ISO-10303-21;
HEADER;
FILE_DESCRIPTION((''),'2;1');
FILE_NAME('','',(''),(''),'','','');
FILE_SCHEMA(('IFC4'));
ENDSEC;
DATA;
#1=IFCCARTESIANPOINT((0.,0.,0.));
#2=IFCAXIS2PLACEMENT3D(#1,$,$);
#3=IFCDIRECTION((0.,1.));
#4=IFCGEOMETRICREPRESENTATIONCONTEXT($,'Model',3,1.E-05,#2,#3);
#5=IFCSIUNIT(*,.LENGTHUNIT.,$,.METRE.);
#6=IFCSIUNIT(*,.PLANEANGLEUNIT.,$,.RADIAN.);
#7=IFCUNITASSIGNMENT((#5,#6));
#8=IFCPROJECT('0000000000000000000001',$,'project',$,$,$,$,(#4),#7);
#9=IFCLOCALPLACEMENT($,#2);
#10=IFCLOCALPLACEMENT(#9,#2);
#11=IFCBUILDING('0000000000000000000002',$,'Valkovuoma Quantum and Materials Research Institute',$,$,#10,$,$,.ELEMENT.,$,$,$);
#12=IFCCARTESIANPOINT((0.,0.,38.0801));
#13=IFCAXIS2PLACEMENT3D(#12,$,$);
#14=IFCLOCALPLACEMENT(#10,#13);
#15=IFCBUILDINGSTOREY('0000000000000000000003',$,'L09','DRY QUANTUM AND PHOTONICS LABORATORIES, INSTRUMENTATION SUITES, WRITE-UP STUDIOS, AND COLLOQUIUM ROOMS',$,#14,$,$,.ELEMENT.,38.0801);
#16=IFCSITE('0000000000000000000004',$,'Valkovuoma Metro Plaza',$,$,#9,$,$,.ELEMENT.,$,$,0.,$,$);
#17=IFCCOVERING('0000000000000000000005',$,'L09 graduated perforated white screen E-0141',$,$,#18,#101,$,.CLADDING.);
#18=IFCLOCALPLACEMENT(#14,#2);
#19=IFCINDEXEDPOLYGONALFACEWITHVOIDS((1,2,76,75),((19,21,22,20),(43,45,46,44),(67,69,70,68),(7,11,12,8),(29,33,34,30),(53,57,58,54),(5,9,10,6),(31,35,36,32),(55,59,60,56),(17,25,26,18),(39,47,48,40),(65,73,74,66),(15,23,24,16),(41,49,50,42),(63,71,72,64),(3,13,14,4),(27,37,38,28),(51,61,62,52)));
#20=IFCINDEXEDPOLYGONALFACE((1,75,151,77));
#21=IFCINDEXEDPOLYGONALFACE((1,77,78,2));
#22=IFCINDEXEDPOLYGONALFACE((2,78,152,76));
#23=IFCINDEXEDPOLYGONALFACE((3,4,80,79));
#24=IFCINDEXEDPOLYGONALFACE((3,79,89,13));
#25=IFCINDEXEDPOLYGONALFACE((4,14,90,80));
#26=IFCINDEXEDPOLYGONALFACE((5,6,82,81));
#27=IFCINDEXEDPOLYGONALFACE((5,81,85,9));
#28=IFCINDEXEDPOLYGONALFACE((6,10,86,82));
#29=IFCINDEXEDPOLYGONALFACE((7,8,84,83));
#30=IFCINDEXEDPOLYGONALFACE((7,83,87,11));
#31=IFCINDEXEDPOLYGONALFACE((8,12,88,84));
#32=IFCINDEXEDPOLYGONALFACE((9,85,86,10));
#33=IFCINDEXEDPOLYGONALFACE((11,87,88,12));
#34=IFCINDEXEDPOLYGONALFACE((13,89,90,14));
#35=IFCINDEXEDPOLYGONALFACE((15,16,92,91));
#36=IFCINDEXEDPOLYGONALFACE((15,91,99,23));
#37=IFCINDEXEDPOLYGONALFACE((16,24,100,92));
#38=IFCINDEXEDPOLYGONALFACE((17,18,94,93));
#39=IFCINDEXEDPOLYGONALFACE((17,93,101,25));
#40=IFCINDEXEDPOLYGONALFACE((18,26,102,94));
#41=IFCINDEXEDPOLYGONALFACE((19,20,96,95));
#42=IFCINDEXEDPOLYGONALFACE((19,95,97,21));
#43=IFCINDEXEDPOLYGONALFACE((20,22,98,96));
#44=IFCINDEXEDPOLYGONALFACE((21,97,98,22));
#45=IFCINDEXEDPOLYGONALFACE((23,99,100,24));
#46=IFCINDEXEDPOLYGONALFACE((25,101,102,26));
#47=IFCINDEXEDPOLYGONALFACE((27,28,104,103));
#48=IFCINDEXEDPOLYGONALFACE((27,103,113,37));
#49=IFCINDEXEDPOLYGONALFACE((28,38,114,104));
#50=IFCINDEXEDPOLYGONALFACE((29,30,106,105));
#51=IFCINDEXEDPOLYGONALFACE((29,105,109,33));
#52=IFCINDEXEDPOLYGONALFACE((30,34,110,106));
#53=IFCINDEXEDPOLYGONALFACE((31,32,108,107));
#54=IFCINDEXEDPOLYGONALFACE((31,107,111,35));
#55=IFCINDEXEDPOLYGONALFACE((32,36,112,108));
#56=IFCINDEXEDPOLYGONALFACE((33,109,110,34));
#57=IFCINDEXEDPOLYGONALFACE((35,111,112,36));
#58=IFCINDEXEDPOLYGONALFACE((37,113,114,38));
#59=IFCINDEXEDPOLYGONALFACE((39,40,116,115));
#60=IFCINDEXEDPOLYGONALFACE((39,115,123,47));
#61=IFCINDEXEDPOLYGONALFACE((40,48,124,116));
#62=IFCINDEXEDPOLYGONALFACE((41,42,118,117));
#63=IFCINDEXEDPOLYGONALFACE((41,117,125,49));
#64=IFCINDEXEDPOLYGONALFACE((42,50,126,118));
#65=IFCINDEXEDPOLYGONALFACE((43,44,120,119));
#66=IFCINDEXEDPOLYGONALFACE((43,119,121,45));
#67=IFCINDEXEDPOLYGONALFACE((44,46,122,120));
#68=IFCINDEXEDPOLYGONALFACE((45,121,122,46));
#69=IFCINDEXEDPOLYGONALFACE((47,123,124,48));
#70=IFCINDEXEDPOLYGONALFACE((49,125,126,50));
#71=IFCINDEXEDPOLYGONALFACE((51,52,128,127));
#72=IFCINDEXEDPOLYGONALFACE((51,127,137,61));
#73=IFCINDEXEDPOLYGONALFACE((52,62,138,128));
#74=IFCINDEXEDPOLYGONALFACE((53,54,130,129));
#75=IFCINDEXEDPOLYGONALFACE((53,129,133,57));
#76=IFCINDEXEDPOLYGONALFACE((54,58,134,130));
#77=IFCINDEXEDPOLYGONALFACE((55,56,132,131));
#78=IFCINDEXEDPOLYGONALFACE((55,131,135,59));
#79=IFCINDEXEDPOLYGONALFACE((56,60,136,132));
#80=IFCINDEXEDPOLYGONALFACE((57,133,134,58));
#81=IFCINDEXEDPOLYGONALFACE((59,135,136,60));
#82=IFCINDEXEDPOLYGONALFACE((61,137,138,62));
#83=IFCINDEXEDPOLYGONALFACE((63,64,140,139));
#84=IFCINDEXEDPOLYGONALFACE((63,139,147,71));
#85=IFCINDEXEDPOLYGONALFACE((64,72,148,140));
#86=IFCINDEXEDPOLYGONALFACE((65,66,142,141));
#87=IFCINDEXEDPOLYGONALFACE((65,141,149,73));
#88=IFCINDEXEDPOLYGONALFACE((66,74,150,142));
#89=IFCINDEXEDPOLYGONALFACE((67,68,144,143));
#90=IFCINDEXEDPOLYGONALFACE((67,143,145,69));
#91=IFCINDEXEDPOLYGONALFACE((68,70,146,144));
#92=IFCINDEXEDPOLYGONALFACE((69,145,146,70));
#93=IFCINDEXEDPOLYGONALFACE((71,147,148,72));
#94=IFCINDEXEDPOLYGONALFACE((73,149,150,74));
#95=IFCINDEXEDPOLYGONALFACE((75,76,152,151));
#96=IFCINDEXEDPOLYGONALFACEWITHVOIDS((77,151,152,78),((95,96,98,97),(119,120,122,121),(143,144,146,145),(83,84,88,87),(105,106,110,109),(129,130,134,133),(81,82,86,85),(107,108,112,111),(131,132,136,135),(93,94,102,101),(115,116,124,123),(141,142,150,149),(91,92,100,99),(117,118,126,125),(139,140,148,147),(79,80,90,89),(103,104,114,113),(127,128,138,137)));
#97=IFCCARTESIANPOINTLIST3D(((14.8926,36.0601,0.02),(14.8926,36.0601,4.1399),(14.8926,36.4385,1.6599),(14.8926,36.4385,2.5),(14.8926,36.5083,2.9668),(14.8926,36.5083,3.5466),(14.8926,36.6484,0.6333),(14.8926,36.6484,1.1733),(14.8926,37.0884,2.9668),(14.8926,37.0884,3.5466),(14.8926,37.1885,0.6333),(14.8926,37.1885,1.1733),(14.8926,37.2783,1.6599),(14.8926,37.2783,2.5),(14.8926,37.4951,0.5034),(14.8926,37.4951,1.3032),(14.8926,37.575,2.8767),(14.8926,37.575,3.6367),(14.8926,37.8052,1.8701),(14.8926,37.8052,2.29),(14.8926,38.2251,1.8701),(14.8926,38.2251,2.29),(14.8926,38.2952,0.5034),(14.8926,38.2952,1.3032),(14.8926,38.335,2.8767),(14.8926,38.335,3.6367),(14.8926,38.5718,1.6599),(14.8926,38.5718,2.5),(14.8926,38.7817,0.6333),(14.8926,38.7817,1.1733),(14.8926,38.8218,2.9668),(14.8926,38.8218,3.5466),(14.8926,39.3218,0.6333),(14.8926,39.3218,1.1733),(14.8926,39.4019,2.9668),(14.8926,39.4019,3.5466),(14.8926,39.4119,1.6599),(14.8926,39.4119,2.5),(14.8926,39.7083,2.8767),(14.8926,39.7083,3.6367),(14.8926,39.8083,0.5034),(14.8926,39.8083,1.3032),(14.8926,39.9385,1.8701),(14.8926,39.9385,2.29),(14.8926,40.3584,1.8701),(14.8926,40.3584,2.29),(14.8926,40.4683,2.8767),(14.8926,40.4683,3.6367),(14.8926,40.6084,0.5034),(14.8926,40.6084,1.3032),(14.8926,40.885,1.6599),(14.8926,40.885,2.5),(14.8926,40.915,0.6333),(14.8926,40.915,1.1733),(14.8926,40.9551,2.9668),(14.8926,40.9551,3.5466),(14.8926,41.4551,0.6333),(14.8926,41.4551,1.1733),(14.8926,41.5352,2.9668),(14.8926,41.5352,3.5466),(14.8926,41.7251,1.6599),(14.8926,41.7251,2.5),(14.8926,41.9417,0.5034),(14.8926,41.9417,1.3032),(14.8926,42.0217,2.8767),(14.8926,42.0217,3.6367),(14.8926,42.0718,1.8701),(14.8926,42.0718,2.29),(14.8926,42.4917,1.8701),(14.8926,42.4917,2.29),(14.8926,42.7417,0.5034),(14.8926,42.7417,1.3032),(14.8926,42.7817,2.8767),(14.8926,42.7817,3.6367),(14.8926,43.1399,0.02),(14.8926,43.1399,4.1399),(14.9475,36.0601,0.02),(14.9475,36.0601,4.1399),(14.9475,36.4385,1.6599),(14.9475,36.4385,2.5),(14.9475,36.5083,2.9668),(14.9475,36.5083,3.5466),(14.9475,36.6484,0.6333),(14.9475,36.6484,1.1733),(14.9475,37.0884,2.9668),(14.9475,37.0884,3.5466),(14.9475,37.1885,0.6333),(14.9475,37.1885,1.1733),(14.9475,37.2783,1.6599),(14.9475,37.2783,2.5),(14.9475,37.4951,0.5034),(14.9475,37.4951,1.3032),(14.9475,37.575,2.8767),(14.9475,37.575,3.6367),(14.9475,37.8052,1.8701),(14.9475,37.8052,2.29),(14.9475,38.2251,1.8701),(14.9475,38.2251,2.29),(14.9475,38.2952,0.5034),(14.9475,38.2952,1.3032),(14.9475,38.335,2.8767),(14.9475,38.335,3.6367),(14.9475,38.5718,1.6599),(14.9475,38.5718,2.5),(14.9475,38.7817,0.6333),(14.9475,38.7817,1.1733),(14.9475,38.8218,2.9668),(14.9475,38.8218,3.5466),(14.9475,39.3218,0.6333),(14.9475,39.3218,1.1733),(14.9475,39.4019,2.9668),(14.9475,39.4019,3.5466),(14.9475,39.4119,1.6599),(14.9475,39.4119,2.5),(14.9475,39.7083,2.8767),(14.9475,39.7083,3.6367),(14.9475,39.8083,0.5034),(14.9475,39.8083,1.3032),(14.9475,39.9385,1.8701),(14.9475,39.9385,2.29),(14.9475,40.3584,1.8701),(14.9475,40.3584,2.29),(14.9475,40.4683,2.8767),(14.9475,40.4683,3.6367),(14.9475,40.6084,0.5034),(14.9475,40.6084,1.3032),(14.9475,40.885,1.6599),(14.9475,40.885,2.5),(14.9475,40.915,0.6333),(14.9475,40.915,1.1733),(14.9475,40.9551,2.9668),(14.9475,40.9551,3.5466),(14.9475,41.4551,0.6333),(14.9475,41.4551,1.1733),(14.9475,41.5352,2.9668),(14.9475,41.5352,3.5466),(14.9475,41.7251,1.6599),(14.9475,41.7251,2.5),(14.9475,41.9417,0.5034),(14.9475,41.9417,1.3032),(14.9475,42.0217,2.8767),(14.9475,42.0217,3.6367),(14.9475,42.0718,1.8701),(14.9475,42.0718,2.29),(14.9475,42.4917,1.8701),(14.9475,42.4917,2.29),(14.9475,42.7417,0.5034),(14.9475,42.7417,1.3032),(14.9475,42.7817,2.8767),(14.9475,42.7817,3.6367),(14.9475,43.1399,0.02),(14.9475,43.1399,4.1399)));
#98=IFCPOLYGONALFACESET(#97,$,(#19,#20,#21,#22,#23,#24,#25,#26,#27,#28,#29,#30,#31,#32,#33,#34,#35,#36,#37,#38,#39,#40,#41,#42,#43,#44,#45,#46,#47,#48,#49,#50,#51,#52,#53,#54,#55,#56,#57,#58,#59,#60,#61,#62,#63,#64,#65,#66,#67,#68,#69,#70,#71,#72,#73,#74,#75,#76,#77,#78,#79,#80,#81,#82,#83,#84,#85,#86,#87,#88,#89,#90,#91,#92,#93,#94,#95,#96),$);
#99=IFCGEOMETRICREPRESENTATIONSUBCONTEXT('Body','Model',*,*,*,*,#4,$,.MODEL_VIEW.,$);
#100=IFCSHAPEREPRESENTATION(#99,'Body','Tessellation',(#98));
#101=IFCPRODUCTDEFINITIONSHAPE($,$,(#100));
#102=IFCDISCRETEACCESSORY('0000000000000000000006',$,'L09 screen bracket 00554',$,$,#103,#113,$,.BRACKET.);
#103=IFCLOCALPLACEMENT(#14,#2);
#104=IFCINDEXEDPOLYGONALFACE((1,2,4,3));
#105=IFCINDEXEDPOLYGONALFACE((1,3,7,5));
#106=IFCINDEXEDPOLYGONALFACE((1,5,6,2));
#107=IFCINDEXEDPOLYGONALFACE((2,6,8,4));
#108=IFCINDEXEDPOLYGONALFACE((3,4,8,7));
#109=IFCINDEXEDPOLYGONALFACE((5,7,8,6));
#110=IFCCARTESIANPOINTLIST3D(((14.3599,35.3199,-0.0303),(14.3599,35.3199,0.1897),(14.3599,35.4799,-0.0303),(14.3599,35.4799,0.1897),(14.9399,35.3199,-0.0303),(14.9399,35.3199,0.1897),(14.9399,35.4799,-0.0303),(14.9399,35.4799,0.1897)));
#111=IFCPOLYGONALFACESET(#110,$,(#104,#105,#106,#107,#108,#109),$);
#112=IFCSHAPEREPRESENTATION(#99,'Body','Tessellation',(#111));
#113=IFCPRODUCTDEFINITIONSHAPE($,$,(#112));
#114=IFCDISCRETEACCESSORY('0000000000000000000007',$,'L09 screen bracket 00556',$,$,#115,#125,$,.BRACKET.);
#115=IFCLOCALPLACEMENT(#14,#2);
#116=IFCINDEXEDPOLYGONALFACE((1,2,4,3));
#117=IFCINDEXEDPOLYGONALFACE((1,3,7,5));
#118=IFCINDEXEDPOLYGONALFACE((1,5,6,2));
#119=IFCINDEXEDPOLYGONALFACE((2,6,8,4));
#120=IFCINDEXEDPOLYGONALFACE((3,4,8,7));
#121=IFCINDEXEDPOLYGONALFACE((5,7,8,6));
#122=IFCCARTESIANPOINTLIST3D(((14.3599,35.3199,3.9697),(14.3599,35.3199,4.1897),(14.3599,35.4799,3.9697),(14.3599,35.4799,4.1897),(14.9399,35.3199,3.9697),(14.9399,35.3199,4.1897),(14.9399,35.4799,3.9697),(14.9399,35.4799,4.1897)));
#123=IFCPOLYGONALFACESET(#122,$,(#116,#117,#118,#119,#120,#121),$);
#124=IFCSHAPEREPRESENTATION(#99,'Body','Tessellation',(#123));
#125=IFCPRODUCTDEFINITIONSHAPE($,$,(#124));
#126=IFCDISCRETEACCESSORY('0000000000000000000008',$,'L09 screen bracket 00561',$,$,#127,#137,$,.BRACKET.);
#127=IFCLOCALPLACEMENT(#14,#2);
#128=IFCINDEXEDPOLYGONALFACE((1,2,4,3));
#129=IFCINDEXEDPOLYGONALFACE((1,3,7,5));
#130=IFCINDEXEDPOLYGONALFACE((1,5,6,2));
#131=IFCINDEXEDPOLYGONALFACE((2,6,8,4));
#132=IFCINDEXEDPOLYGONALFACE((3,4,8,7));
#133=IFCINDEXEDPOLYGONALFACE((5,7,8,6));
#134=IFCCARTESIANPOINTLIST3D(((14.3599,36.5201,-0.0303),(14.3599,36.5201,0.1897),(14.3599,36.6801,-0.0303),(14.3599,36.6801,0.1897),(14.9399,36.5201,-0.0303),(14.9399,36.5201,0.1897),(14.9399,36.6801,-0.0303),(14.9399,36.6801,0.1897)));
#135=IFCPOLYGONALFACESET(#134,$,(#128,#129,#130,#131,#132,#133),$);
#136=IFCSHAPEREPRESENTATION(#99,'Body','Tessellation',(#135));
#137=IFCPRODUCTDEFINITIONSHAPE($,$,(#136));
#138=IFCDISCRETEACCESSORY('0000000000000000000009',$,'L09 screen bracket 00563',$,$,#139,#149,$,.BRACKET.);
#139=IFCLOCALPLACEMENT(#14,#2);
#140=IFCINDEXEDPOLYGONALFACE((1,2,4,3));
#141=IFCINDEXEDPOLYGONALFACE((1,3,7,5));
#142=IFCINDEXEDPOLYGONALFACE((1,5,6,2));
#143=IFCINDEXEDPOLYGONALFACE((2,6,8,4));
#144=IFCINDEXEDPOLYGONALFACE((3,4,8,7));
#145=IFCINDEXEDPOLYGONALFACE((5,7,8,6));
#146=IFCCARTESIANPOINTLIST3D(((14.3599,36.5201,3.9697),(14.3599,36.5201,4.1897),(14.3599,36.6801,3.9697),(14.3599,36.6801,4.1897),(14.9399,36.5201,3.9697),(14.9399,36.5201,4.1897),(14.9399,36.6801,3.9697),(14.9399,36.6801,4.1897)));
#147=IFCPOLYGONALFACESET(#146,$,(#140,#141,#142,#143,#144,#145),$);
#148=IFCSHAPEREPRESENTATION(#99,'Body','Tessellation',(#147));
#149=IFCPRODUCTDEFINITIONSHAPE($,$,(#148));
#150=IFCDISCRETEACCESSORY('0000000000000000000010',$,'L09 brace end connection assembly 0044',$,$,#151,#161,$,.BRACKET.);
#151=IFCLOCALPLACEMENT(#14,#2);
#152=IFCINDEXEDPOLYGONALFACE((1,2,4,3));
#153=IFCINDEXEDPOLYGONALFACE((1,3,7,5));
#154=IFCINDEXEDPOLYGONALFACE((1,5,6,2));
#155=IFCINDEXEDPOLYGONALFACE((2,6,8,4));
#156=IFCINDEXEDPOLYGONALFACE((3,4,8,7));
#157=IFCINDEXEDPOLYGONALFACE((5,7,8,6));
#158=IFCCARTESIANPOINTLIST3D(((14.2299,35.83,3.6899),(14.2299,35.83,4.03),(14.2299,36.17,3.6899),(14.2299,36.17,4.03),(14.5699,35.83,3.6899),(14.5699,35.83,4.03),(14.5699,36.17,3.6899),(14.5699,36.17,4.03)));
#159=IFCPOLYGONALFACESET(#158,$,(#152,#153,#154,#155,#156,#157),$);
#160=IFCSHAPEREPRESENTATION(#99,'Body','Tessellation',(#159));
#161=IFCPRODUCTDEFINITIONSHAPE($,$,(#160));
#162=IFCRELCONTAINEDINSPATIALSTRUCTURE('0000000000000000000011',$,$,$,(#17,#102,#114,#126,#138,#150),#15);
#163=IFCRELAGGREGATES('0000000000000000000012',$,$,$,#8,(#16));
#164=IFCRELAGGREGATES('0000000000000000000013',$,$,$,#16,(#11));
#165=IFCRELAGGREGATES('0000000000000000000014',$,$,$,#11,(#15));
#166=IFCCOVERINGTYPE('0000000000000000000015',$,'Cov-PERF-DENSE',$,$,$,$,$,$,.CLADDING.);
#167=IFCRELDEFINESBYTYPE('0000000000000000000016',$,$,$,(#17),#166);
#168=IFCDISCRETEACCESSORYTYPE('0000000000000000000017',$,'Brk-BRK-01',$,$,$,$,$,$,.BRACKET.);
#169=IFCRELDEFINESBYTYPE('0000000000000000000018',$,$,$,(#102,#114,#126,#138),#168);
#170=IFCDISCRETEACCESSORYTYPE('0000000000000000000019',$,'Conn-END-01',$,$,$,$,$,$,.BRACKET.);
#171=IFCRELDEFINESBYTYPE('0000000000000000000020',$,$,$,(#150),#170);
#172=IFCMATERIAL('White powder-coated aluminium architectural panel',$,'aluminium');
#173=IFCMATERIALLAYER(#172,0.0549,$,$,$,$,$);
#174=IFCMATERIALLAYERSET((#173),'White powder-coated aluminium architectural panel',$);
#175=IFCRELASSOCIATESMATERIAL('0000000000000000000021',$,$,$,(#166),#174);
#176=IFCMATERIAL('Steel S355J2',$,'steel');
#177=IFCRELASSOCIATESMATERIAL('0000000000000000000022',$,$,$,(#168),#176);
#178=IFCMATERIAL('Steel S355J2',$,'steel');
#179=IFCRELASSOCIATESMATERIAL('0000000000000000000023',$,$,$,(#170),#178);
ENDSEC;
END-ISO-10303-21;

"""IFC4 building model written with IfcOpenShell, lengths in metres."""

from ifc_helpers import new_model, si_unit, direction, frame, origin, origin_2d, place, context, subcontext, project, spatial, polyline, rectangle, outline, extrude, material, layer, layer_set, type_object, element, save


model = new_model("IFC4")

# Units and contexts
model_context = context("Model", 3, precision=1e-05, world=origin(), true_north=direction((0.0, 1.0)))
body_context = subcontext(model_context, "Body", "Model", "MODEL_VIEW")
ifc_project = project(units=[si_unit("LENGTHUNIT", "METRE"), si_unit("PLANEANGLEUNIT", "RADIAN")], contexts=[model_context])

# Site, building, storey
site_placement = place(None, origin())
site = spatial("IfcSite", under=ifc_project, at=site_placement, Name="Valkovuoma Metro Plaza", CompositionType="ELEMENT", RefElevation=0.0)
building_placement = place(site_placement, origin())
building = spatial("IfcBuilding", under=site, at=building_placement, Name="Valkovuoma Quantum and Materials Research Institute", CompositionType="ELEMENT")
storey_placement = place(building_placement, frame((0.0, 0.0, 38.0801)))
storey = spatial("IfcBuildingStorey", under=building, at=storey_placement, Name="L09", Description="DRY QUANTUM AND PHOTONICS LABORATORIES, INSTRUMENTATION SUITES, WRITE-UP STUDIOS, AND COLLOQUIUM ROOMS", CompositionType="ELEMENT", Elevation=38.0801)

# Covering
ifc_material_1 = material(Name="White powder-coated aluminium architectural panel", Category="aluminium")
ifc_layer_1 = layer(ifc_material_1, 0.0549)
ifc_layer_set_1 = layer_set([ifc_layer_1], Name="White powder-coated aluminium architectural panel")
covering_type = type_object("IfcCoveringType", Name="Cov-PERF-DENSE", PredefinedType="CLADDING", material=ifc_layer_set_1)
covering_placement = place(storey_placement, frame((14.9199, 36.0601, 0.02), z_axis=(0.0, 0.0, 1.0), x_axis=(0.0, 1.0, 0.0)))
element("IfcCovering", 1, at=covering_placement, inside=storey, type_object=covering_type, Name="L09 graduated perforated white screen E-0141", PredefinedType="CLADDING", context=body_context, shape_type="SweptSolid", body=[
    extrude(outline(polyline([(0.0, 0.0), (7.0798, 0.0), (7.0798, 4.1199), (0.0, 4.1199), (0.0, 0.0)]), holes=[polyline([(0.5884, 0.6133), (0.5884, 1.1533), (1.1284, 1.1533), (1.1284, 0.6133), (0.5884, 0.6133)]), polyline([(0.3784, 1.6399), (0.3784, 2.48), (1.2183, 2.48), (1.2183, 1.6399), (0.3784, 1.6399)]), polyline([(0.4482, 2.9468), (0.4482, 3.5266), (1.0283, 3.5266), (1.0283, 2.9468), (0.4482, 2.9468)]), polyline([(1.4351, 0.4834), (1.4351, 1.2832), (2.2351, 1.2832), (2.2351, 0.4834), (1.4351, 0.4834)]), polyline([(1.7451, 1.8501), (1.7451, 2.27), (2.165, 2.27), (2.165, 1.8501), (1.7451, 1.8501)]), polyline([(1.5149, 2.8567), (1.5149, 3.6167), (2.2749, 3.6167), (2.2749, 2.8567), (1.5149, 2.8567)]), polyline([(2.7217, 0.6133), (2.7217, 1.1533), (3.2617, 1.1533), (3.2617, 0.6133), (2.7217, 0.6133)]), polyline([(2.5117, 1.6399), (2.5117, 2.48), (3.3518, 2.48), (3.3518, 1.6399), (2.5117, 1.6399)]), polyline([(2.7617, 2.9468), (2.7617, 3.5266), (3.3418, 3.5266), (3.3418, 2.9468), (2.7617, 2.9468)]), polyline([(3.7483, 0.4834), (3.7483, 1.2832), (4.5483, 1.2832), (4.5483, 0.4834), (3.7483, 0.4834)]), polyline([(3.8784, 1.8501), (3.8784, 2.27), (4.2983, 2.27), (4.2983, 1.8501), (3.8784, 1.8501)]), polyline([(3.6482, 2.8567), (3.6482, 3.6167), (4.4082, 3.6167), (4.4082, 2.8567), (3.6482, 2.8567)]), polyline([(4.855, 0.6133), (4.855, 1.1533), (5.395, 1.1533), (5.395, 0.6133), (4.855, 0.6133)]), polyline([(4.825, 1.6399), (4.825, 2.48), (5.665, 2.48), (5.665, 1.6399), (4.825, 1.6399)]), polyline([(4.895, 2.9468), (4.895, 3.5266), (5.4751, 3.5266), (5.4751, 2.9468), (4.895, 2.9468)]), polyline([(5.8816, 0.4834), (5.8816, 1.2832), (6.6816, 1.2832), (6.6816, 0.4834), (5.8816, 0.4834)]), polyline([(6.0117, 1.8501), (6.0117, 2.27), (6.4316, 2.27), (6.4316, 1.8501), (6.0117, 1.8501)]), polyline([(5.9617, 2.8567), (5.9617, 3.6167), (6.7217, 3.6167), (6.7217, 2.8567), (5.9617, 2.8567)])]), frame((0.0, 0.0273, 0.0), z_axis=(0.0, -1.0, 0.0), x_axis=(1.0, 0.0, 0.0)), (0.0, 0.0, 1.0), 0.0549),
])

# Discrete accessories
ifc_material_2 = material(Name="Steel S355J2", Category="steel")
discrete_accessory_type_1 = type_object("IfcDiscreteAccessoryType", Name="Brk-BRK-01", PredefinedType="BRACKET", material=ifc_material_2)
for number, where, z_axis, x_axis, name in (
    (2, (14.6499, 35.3999, -0.0303), (0.0, 0.0, 1.0), (1.0, 0.0, 0.0), "L09 screen bracket 00554"),
    (3, (14.6499, 35.3999, 3.9697), (0.0, 0.0, 1.0), (1.0, 0.0, 0.0), "L09 screen bracket 00556"),
    (4, (14.6499, 36.6001, -0.0303), (0.0, 0.0, 1.0), (1.0, 0.0, 0.0), "L09 screen bracket 00561"),
    (5, (14.6499, 36.6001, 3.9697), (0.0, 0.0, 1.0), (1.0, 0.0, 0.0), "L09 screen bracket 00563"),
):
    element("IfcDiscreteAccessory", number, at=place(storey_placement, frame(where, z_axis=z_axis, x_axis=x_axis)), inside=storey, type_object=discrete_accessory_type_1, Name=name, PredefinedType="BRACKET", context=body_context, shape_type="SweptSolid", body=[
        extrude(rectangle(XDim=0.5801, YDim=0.1599, at=origin_2d()), origin(), (0.0, 0.0, 1.0), 0.22),
    ])
ifc_material_3 = material(Name="Steel S355J2", Category="steel")
discrete_accessory_type_2 = type_object("IfcDiscreteAccessoryType", Name="Conn-END-01", PredefinedType="BRACKET", material=ifc_material_3)
discrete_accessory_placement = place(storey_placement, frame((14.3999, 36.0, 3.6899), z_axis=(0.0, 0.0, 1.0), x_axis=(1.0, 0.0, 0.0)))
element("IfcDiscreteAccessory", 6, at=discrete_accessory_placement, inside=storey, type_object=discrete_accessory_type_2, Name="L09 brace end connection assembly 0044", PredefinedType="BRACKET", context=body_context, shape_type="SweptSolid", body=[
    extrude(rectangle(XDim=0.3401, YDim=0.3401, at=origin_2d()), origin(), (0.0, 0.0, 1.0), 0.3401),
])

save(model, "model.ifc")
